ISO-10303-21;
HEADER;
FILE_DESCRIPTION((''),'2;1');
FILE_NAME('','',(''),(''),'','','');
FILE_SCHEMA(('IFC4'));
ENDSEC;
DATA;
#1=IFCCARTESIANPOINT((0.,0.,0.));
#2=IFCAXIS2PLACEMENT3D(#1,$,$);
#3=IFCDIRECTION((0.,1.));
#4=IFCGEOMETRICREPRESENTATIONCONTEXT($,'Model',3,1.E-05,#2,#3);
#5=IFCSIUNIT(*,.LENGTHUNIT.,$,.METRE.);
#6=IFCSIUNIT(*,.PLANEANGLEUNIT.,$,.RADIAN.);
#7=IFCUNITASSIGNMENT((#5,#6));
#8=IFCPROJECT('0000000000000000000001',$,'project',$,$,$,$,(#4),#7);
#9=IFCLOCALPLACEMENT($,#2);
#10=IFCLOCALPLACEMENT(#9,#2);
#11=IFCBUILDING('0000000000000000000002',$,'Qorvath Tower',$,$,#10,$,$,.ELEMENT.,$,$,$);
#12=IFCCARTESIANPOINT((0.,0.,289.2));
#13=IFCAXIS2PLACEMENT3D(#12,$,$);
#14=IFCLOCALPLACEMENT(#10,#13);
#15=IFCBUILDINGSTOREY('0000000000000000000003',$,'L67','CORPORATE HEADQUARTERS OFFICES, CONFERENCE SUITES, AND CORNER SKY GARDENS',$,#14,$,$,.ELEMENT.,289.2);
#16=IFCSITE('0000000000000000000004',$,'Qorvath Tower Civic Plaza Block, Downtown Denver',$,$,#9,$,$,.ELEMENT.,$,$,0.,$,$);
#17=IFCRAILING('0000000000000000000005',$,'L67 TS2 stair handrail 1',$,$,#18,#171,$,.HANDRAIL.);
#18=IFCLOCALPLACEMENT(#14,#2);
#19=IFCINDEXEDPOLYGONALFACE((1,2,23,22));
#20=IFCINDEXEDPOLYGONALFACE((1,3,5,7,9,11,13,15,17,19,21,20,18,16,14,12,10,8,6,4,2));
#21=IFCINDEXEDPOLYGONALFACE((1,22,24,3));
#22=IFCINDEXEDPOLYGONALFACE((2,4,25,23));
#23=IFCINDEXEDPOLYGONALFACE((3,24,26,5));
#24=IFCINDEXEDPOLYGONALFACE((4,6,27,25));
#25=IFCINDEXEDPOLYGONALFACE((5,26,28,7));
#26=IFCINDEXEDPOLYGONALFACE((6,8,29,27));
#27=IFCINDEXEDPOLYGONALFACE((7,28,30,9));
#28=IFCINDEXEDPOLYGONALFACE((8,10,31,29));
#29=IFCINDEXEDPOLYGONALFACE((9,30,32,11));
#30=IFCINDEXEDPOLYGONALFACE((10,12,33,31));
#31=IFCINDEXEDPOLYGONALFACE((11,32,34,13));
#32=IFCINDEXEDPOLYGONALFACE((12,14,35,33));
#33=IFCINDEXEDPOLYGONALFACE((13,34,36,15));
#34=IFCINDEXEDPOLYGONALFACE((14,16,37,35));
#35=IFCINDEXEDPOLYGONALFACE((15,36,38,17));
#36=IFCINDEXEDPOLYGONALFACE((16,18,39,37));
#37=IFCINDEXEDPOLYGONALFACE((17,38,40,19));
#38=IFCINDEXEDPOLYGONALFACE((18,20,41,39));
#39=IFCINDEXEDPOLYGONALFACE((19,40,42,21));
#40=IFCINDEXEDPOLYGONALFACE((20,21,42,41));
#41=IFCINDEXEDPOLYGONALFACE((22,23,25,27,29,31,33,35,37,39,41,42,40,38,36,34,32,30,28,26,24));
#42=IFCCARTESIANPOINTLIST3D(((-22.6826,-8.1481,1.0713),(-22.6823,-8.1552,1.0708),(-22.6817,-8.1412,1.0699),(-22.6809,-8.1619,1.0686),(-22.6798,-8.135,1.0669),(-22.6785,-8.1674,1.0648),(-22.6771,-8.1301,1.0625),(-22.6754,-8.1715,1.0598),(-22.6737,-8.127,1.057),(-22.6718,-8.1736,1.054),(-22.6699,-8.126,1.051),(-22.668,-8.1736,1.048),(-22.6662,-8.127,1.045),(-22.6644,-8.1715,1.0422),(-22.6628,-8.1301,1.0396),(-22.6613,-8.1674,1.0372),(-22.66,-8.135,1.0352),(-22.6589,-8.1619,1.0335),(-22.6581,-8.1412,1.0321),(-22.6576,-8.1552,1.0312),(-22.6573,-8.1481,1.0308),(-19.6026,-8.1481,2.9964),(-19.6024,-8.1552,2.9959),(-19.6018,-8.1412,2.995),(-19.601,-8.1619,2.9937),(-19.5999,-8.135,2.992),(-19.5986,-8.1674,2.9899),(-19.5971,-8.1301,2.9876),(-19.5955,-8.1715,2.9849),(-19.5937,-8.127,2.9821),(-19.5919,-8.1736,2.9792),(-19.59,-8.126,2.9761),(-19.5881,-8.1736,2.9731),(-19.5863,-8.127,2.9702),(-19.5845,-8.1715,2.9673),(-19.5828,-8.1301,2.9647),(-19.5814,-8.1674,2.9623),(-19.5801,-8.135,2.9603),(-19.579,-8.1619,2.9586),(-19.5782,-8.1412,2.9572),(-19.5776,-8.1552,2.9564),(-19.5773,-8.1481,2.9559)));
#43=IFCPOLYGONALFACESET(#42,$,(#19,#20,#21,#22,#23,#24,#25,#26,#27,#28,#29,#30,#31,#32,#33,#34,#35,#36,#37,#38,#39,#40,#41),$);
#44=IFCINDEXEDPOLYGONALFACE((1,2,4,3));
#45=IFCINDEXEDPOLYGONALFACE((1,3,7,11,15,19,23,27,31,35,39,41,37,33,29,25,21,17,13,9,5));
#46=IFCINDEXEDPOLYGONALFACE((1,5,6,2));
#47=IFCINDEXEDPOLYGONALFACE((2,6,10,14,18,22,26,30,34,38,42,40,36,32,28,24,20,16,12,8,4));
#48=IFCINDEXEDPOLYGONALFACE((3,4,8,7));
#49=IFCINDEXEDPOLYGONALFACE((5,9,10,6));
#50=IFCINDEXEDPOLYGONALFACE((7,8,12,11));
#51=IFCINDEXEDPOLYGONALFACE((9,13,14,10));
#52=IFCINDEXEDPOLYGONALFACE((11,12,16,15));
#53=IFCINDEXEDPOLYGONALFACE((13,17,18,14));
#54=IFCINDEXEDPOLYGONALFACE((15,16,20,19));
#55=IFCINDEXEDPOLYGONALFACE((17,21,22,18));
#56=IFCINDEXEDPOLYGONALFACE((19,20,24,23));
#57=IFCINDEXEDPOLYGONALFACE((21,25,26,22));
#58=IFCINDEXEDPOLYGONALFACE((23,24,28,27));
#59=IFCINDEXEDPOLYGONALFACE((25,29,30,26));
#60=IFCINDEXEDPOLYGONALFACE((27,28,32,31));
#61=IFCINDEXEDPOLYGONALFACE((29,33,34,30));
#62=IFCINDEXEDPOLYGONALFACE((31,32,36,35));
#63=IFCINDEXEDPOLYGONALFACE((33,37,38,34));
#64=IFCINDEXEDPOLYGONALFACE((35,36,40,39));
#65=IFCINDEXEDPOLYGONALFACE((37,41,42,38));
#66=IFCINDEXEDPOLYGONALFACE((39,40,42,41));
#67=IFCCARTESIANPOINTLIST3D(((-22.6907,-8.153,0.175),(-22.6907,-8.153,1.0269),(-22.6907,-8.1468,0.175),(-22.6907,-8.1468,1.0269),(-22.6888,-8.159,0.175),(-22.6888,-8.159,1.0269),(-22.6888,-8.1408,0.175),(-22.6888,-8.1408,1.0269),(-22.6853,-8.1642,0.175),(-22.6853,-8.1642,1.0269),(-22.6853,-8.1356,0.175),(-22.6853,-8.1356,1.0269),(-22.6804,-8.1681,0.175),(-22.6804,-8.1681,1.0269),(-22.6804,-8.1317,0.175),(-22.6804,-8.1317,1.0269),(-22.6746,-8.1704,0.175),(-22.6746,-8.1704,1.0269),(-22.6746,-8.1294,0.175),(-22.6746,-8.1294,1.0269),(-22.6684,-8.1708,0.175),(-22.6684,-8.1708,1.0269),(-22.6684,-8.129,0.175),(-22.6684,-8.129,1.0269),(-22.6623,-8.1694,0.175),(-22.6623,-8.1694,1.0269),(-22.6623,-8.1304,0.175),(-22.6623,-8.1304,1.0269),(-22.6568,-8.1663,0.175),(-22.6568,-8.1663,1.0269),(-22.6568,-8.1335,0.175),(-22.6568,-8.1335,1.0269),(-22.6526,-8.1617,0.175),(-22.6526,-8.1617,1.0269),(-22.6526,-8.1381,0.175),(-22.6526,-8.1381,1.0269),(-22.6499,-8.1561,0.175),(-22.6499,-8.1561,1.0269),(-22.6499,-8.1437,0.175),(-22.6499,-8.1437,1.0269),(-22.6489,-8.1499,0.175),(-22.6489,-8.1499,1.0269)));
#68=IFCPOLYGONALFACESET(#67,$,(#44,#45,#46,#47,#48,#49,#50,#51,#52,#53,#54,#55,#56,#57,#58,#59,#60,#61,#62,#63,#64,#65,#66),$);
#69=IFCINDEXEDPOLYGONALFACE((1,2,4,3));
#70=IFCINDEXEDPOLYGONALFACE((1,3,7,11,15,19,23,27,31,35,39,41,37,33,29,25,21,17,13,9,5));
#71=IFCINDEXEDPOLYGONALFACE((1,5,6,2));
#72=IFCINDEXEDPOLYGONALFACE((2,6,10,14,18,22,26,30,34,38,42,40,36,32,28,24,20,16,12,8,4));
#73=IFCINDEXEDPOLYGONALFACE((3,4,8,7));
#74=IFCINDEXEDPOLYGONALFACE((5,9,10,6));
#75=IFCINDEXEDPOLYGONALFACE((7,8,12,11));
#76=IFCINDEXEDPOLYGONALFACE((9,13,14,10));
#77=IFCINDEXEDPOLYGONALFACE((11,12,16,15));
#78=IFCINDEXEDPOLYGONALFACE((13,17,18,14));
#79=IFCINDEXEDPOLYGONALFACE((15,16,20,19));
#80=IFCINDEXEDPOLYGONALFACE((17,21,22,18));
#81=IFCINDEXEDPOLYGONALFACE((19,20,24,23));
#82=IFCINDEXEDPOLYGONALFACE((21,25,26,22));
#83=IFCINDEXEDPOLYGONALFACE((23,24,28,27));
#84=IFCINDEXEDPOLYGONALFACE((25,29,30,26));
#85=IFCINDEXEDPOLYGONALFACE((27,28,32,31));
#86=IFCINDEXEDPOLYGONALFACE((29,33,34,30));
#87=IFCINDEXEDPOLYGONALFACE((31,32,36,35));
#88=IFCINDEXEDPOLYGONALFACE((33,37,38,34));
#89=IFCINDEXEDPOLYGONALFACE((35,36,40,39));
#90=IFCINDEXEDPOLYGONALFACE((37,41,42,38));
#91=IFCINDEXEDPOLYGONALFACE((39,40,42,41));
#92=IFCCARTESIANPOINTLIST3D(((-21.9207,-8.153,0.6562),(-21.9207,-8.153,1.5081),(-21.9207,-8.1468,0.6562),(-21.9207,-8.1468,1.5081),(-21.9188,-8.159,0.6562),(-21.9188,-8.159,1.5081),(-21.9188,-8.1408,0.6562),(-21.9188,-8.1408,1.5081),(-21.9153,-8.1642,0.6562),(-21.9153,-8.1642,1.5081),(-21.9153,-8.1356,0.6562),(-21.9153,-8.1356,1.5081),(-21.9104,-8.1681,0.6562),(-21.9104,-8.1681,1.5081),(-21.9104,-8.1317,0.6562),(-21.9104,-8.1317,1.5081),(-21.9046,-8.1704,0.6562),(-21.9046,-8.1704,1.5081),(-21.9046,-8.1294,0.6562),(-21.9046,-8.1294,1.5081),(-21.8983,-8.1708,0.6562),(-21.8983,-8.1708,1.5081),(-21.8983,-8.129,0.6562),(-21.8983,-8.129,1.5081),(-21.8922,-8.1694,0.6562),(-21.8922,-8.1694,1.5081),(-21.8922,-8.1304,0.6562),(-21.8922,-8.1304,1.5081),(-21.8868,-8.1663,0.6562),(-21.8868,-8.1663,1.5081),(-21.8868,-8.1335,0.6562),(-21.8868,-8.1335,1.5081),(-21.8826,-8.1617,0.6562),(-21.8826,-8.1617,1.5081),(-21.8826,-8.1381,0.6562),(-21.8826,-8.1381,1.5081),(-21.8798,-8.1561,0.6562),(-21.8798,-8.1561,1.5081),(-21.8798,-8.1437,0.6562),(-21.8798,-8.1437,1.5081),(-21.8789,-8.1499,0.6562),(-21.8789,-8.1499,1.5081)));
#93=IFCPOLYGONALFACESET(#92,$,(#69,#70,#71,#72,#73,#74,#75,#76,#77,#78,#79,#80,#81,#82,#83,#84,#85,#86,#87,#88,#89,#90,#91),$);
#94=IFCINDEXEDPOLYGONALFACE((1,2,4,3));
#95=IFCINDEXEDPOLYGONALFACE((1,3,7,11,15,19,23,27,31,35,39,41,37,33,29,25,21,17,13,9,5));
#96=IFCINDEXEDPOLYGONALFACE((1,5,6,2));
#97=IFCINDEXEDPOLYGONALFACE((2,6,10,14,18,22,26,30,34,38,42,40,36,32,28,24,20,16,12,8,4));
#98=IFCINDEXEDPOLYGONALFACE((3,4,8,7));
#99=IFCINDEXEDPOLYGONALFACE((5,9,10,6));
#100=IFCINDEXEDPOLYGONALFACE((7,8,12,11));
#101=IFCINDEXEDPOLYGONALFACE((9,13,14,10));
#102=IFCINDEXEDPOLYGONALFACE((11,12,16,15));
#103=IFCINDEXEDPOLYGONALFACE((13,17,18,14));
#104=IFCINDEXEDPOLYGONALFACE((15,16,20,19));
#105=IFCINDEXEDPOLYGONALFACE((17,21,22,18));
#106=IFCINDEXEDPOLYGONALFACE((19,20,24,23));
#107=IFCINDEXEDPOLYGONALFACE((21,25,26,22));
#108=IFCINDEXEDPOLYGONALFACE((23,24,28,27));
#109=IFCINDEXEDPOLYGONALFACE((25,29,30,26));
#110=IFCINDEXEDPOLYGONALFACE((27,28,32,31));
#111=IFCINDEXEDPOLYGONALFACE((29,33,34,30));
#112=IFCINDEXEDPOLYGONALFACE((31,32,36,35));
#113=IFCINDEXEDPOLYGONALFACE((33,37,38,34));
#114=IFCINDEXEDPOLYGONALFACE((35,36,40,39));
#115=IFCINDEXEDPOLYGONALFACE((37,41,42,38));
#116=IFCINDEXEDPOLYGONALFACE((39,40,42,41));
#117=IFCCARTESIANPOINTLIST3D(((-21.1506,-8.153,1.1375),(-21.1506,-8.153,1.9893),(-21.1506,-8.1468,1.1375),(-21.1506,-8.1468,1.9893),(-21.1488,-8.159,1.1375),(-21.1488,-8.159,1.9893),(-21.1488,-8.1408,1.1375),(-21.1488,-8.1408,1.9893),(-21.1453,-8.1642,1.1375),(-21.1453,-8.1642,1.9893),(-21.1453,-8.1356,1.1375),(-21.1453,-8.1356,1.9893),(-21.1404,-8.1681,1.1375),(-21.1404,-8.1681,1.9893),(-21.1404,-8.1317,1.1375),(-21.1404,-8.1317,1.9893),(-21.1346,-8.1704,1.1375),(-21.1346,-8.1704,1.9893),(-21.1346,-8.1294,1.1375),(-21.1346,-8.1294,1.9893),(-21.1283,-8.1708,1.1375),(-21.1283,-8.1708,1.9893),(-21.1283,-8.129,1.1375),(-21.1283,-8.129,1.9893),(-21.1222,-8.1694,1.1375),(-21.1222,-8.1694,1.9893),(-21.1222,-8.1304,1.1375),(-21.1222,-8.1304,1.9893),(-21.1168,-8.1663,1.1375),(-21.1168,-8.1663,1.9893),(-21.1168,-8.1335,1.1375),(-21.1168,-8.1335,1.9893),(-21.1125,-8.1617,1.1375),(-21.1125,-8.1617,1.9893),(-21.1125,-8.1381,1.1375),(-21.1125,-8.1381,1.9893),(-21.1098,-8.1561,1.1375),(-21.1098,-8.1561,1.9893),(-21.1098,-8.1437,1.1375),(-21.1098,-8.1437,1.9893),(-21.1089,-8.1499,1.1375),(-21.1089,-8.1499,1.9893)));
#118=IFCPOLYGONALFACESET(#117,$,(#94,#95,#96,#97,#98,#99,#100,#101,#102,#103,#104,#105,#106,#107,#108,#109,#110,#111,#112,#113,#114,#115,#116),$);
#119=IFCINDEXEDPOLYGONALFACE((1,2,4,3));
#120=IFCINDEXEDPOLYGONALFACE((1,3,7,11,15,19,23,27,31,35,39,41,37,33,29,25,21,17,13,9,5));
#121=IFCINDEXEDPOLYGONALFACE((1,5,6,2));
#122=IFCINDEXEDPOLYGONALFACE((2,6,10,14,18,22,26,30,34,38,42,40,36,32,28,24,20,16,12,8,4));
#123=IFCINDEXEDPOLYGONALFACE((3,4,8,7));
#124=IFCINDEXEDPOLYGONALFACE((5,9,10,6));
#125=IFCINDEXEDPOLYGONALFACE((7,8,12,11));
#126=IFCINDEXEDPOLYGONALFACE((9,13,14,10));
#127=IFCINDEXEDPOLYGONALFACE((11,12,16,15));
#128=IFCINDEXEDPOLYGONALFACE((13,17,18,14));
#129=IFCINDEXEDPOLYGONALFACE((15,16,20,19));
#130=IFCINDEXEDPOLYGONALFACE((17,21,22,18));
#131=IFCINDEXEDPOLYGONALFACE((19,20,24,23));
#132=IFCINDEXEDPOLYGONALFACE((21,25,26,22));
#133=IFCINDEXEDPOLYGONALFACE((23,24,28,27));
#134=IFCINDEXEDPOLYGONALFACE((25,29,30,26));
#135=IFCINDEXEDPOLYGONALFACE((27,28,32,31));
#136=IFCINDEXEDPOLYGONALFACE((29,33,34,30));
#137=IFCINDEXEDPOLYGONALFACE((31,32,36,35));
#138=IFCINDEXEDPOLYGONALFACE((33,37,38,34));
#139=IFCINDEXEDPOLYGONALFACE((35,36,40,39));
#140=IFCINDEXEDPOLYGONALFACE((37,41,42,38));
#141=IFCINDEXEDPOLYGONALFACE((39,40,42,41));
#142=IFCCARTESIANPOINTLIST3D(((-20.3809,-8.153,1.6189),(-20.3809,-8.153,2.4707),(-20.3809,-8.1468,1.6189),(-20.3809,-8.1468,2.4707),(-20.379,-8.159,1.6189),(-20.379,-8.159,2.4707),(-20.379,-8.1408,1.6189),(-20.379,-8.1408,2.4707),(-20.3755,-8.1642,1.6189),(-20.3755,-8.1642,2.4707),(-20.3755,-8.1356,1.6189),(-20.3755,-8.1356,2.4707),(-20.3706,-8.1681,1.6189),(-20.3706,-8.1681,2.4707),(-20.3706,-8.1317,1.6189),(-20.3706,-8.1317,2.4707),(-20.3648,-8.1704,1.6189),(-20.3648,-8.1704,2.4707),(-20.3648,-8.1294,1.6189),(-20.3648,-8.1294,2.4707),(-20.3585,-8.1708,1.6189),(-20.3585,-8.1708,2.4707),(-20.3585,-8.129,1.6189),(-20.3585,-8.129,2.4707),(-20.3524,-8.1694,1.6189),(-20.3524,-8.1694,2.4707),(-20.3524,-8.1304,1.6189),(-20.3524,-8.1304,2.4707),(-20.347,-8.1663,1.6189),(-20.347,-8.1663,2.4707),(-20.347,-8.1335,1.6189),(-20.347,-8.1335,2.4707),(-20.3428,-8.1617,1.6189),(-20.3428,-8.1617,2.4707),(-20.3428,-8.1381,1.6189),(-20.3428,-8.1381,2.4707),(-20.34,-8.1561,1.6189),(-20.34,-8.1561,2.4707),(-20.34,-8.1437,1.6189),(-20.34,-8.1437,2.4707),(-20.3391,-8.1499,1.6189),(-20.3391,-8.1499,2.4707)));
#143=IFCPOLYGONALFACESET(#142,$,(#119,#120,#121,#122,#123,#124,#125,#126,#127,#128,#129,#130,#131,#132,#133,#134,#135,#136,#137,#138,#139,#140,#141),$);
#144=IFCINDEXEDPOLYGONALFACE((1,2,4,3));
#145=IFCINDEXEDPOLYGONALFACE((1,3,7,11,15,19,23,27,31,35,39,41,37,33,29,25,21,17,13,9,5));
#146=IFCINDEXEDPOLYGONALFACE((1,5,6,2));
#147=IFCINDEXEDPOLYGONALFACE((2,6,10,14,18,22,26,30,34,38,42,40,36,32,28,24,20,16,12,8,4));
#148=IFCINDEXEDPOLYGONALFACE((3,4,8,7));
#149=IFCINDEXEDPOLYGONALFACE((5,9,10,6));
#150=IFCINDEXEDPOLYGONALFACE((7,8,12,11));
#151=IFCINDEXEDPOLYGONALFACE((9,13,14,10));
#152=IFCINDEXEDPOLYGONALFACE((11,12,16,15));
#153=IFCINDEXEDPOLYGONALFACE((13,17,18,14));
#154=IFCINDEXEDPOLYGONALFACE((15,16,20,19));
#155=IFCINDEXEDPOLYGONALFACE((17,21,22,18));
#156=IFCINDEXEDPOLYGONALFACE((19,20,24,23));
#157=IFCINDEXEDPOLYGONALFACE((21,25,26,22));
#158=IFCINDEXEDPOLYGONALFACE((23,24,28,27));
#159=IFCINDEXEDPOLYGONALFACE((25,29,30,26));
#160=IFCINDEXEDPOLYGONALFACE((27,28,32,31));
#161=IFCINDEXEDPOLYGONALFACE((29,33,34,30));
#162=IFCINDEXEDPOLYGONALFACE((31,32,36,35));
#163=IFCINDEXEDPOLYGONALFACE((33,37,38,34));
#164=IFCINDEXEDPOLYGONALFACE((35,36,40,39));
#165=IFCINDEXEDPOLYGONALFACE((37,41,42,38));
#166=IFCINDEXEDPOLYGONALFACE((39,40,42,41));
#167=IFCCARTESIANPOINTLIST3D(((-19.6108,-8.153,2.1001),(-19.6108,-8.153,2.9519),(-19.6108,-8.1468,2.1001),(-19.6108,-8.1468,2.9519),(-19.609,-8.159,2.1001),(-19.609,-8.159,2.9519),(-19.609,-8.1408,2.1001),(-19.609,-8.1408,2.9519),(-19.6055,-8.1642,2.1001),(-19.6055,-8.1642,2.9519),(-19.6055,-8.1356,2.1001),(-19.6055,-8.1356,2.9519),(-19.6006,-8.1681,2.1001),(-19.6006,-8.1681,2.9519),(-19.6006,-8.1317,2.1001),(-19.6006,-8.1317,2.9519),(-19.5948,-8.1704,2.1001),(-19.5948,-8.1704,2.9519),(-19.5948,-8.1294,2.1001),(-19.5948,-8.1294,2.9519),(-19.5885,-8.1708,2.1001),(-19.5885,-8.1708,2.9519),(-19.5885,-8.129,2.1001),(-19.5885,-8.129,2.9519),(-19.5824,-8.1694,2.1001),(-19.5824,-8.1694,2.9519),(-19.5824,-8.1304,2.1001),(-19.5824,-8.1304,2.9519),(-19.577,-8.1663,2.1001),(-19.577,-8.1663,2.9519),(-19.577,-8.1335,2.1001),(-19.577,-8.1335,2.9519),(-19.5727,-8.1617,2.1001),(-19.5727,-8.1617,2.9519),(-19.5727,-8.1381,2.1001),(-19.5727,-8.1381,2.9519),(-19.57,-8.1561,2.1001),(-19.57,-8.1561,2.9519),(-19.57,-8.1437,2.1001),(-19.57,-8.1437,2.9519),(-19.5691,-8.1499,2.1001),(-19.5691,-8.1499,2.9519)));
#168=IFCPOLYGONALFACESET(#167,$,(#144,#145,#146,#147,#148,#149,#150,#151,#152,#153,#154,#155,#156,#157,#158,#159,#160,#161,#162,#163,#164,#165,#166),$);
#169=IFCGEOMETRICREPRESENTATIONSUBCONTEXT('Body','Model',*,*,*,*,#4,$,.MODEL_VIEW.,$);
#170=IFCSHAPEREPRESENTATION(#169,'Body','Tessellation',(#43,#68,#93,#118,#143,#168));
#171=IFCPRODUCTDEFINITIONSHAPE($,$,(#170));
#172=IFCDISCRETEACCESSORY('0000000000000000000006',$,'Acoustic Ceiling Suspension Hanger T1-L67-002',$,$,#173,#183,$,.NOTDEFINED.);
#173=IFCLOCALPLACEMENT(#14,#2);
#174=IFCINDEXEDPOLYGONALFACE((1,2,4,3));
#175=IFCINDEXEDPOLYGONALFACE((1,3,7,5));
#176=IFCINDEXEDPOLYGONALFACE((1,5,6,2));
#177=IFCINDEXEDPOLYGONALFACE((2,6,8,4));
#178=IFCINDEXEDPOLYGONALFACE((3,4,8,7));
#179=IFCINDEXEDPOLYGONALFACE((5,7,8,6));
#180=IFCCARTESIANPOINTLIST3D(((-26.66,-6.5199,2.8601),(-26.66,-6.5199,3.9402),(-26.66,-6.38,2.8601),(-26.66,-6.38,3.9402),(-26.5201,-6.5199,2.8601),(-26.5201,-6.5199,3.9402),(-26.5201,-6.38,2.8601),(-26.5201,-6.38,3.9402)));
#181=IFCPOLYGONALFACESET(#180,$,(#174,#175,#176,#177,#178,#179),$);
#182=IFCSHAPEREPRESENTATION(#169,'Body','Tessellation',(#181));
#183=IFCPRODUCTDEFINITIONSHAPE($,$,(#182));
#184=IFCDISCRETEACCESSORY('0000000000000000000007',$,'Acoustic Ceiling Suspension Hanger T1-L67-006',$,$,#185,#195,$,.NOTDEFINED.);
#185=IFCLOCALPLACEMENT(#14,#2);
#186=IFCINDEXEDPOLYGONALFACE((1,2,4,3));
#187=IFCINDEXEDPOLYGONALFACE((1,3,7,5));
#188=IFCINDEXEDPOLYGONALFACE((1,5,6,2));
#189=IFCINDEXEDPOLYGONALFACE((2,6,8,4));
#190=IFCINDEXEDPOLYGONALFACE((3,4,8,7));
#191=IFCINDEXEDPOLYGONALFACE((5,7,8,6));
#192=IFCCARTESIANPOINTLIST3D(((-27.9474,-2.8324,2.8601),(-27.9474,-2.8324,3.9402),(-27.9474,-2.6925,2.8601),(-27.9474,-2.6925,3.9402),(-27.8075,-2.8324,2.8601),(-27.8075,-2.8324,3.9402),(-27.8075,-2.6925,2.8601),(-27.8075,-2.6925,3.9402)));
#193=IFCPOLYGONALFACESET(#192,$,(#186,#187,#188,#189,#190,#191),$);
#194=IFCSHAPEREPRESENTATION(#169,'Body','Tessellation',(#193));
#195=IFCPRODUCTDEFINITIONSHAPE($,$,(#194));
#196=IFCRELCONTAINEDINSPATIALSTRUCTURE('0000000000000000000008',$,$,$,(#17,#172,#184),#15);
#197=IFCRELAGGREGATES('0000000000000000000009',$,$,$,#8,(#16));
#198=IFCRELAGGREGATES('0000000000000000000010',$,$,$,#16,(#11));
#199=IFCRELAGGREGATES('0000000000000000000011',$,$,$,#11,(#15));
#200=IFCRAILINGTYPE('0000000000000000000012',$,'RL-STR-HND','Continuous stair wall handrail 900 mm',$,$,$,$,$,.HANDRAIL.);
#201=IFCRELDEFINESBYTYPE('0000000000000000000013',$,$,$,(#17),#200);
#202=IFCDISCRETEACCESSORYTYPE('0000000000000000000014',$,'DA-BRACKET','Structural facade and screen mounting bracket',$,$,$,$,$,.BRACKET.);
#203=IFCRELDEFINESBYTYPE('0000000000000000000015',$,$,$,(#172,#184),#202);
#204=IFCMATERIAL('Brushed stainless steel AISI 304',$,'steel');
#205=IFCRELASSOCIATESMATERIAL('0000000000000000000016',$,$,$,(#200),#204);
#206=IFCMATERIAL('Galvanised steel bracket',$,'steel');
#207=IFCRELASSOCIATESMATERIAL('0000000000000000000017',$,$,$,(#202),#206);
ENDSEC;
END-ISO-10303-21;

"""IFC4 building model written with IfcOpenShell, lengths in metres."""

from ifc_helpers import new_model, si_unit, direction, frame, origin, origin_2d, place, context, subcontext, project, spatial, rectangle, circle, extrude, material, type_object, element, save


model = new_model("IFC4")

# Units and contexts
model_context = context("Model", 3, precision=1e-05, world=origin(), true_north=direction((0.0, 1.0)))
body_context = subcontext(model_context, "Body", "Model", "MODEL_VIEW")
ifc_project = project(units=[si_unit("LENGTHUNIT", "METRE"), si_unit("PLANEANGLEUNIT", "RADIAN")], contexts=[model_context])

# Site, building, storey
site_placement = place(None, origin())
site = spatial("IfcSite", under=ifc_project, at=site_placement, Name="Qorvath Tower Civic Plaza Block, Downtown Denver", CompositionType="ELEMENT", RefElevation=0.0)
building_placement = place(site_placement, origin())
building = spatial("IfcBuilding", under=site, at=building_placement, Name="Qorvath Tower", CompositionType="ELEMENT")
storey_placement = place(building_placement, frame((0.0, 0.0, 289.2)))
storey = spatial("IfcBuildingStorey", under=building, at=storey_placement, Name="L67", Description="CORPORATE HEADQUARTERS OFFICES, CONFERENCE SUITES, AND CORNER SKY GARDENS", CompositionType="ELEMENT", Elevation=289.2)

# Railing
ifc_material_1 = material(Name="Brushed stainless steel AISI 304", Category="steel")
railing_type_1 = type_object("IfcRailingType", Name="RL-STR-HND", Description="Continuous stair wall handrail 900 mm", PredefinedType="HANDRAIL", material=ifc_material_1)
railing_1_placement = place(storey_placement, frame((-22.6699, -8.1499, 0.175)))
element("IfcRailing", 1, at=railing_1_placement, inside=storey, type_object=railing_type_1, Name="L67 TS2 stair handrail 1", PredefinedType="HANDRAIL", context=body_context, shape_type="SweptSolid", body=[
    extrude(circle(Radius=0.0239, at=origin_2d()), frame((0.0, 0.0, 0.876), z_axis=(0.847979, 0.0, 0.530029), x_axis=(0.0, 1.0, 0.0)), (0.0, 0.0, 1.0), 3.6321),
    extrude(circle(Radius=0.021, at=origin_2d()), origin(), (0.0, 0.0, 1.0), 0.8518),
    extrude(circle(Radius=0.021, at=origin_2d()), frame((0.77, 0.0, 0.4812)), (0.0, 0.0, 1.0), 0.8518),
    extrude(circle(Radius=0.021, at=origin_2d()), frame((1.54, 0.0, 0.9624)), (0.0, 0.0, 1.0), 0.8518),
    extrude(circle(Radius=0.021, at=origin_2d()), frame((2.3098, 0.0, 1.4438)), (0.0, 0.0, 1.0), 0.8518),
    extrude(circle(Radius=0.021, at=origin_2d()), frame((3.0798, 0.0, 1.925)), (0.0, 0.0, 1.0), 0.8518),
])

# Discrete accessories
ifc_material_2 = material(Name="Galvanised steel bracket", Category="steel")
discrete_accessory_type = type_object("IfcDiscreteAccessoryType", Name="DA-BRACKET", Description="Structural facade and screen mounting bracket", PredefinedType="BRACKET", material=ifc_material_2)
for number, where, z_axis, x_axis, name in (
    (2, (-26.5901, -6.45, 2.8601), (0.0, 0.0, 1.0), (1.0, 0.0, 0.0), "Acoustic Ceiling Suspension Hanger T1-L67-002"),
    (3, (-27.8774, -2.7625, 2.8601), (0.0, 0.0, 1.0), (1.0, 0.0, 0.0), "Acoustic Ceiling Suspension Hanger T1-L67-006"),
):
    element("IfcDiscreteAccessory", number, at=place(storey_placement, frame(where, z_axis=z_axis, x_axis=x_axis)), inside=storey, type_object=discrete_accessory_type, Name=name, PredefinedType="NOTDEFINED", context=body_context, shape_type="SweptSolid", body=[
        extrude(rectangle(XDim=0.1399, YDim=0.1399, at=origin_2d()), origin(), (0.0, 0.0, 1.0), 1.0801),
    ])

save(model, "model.ifc")
